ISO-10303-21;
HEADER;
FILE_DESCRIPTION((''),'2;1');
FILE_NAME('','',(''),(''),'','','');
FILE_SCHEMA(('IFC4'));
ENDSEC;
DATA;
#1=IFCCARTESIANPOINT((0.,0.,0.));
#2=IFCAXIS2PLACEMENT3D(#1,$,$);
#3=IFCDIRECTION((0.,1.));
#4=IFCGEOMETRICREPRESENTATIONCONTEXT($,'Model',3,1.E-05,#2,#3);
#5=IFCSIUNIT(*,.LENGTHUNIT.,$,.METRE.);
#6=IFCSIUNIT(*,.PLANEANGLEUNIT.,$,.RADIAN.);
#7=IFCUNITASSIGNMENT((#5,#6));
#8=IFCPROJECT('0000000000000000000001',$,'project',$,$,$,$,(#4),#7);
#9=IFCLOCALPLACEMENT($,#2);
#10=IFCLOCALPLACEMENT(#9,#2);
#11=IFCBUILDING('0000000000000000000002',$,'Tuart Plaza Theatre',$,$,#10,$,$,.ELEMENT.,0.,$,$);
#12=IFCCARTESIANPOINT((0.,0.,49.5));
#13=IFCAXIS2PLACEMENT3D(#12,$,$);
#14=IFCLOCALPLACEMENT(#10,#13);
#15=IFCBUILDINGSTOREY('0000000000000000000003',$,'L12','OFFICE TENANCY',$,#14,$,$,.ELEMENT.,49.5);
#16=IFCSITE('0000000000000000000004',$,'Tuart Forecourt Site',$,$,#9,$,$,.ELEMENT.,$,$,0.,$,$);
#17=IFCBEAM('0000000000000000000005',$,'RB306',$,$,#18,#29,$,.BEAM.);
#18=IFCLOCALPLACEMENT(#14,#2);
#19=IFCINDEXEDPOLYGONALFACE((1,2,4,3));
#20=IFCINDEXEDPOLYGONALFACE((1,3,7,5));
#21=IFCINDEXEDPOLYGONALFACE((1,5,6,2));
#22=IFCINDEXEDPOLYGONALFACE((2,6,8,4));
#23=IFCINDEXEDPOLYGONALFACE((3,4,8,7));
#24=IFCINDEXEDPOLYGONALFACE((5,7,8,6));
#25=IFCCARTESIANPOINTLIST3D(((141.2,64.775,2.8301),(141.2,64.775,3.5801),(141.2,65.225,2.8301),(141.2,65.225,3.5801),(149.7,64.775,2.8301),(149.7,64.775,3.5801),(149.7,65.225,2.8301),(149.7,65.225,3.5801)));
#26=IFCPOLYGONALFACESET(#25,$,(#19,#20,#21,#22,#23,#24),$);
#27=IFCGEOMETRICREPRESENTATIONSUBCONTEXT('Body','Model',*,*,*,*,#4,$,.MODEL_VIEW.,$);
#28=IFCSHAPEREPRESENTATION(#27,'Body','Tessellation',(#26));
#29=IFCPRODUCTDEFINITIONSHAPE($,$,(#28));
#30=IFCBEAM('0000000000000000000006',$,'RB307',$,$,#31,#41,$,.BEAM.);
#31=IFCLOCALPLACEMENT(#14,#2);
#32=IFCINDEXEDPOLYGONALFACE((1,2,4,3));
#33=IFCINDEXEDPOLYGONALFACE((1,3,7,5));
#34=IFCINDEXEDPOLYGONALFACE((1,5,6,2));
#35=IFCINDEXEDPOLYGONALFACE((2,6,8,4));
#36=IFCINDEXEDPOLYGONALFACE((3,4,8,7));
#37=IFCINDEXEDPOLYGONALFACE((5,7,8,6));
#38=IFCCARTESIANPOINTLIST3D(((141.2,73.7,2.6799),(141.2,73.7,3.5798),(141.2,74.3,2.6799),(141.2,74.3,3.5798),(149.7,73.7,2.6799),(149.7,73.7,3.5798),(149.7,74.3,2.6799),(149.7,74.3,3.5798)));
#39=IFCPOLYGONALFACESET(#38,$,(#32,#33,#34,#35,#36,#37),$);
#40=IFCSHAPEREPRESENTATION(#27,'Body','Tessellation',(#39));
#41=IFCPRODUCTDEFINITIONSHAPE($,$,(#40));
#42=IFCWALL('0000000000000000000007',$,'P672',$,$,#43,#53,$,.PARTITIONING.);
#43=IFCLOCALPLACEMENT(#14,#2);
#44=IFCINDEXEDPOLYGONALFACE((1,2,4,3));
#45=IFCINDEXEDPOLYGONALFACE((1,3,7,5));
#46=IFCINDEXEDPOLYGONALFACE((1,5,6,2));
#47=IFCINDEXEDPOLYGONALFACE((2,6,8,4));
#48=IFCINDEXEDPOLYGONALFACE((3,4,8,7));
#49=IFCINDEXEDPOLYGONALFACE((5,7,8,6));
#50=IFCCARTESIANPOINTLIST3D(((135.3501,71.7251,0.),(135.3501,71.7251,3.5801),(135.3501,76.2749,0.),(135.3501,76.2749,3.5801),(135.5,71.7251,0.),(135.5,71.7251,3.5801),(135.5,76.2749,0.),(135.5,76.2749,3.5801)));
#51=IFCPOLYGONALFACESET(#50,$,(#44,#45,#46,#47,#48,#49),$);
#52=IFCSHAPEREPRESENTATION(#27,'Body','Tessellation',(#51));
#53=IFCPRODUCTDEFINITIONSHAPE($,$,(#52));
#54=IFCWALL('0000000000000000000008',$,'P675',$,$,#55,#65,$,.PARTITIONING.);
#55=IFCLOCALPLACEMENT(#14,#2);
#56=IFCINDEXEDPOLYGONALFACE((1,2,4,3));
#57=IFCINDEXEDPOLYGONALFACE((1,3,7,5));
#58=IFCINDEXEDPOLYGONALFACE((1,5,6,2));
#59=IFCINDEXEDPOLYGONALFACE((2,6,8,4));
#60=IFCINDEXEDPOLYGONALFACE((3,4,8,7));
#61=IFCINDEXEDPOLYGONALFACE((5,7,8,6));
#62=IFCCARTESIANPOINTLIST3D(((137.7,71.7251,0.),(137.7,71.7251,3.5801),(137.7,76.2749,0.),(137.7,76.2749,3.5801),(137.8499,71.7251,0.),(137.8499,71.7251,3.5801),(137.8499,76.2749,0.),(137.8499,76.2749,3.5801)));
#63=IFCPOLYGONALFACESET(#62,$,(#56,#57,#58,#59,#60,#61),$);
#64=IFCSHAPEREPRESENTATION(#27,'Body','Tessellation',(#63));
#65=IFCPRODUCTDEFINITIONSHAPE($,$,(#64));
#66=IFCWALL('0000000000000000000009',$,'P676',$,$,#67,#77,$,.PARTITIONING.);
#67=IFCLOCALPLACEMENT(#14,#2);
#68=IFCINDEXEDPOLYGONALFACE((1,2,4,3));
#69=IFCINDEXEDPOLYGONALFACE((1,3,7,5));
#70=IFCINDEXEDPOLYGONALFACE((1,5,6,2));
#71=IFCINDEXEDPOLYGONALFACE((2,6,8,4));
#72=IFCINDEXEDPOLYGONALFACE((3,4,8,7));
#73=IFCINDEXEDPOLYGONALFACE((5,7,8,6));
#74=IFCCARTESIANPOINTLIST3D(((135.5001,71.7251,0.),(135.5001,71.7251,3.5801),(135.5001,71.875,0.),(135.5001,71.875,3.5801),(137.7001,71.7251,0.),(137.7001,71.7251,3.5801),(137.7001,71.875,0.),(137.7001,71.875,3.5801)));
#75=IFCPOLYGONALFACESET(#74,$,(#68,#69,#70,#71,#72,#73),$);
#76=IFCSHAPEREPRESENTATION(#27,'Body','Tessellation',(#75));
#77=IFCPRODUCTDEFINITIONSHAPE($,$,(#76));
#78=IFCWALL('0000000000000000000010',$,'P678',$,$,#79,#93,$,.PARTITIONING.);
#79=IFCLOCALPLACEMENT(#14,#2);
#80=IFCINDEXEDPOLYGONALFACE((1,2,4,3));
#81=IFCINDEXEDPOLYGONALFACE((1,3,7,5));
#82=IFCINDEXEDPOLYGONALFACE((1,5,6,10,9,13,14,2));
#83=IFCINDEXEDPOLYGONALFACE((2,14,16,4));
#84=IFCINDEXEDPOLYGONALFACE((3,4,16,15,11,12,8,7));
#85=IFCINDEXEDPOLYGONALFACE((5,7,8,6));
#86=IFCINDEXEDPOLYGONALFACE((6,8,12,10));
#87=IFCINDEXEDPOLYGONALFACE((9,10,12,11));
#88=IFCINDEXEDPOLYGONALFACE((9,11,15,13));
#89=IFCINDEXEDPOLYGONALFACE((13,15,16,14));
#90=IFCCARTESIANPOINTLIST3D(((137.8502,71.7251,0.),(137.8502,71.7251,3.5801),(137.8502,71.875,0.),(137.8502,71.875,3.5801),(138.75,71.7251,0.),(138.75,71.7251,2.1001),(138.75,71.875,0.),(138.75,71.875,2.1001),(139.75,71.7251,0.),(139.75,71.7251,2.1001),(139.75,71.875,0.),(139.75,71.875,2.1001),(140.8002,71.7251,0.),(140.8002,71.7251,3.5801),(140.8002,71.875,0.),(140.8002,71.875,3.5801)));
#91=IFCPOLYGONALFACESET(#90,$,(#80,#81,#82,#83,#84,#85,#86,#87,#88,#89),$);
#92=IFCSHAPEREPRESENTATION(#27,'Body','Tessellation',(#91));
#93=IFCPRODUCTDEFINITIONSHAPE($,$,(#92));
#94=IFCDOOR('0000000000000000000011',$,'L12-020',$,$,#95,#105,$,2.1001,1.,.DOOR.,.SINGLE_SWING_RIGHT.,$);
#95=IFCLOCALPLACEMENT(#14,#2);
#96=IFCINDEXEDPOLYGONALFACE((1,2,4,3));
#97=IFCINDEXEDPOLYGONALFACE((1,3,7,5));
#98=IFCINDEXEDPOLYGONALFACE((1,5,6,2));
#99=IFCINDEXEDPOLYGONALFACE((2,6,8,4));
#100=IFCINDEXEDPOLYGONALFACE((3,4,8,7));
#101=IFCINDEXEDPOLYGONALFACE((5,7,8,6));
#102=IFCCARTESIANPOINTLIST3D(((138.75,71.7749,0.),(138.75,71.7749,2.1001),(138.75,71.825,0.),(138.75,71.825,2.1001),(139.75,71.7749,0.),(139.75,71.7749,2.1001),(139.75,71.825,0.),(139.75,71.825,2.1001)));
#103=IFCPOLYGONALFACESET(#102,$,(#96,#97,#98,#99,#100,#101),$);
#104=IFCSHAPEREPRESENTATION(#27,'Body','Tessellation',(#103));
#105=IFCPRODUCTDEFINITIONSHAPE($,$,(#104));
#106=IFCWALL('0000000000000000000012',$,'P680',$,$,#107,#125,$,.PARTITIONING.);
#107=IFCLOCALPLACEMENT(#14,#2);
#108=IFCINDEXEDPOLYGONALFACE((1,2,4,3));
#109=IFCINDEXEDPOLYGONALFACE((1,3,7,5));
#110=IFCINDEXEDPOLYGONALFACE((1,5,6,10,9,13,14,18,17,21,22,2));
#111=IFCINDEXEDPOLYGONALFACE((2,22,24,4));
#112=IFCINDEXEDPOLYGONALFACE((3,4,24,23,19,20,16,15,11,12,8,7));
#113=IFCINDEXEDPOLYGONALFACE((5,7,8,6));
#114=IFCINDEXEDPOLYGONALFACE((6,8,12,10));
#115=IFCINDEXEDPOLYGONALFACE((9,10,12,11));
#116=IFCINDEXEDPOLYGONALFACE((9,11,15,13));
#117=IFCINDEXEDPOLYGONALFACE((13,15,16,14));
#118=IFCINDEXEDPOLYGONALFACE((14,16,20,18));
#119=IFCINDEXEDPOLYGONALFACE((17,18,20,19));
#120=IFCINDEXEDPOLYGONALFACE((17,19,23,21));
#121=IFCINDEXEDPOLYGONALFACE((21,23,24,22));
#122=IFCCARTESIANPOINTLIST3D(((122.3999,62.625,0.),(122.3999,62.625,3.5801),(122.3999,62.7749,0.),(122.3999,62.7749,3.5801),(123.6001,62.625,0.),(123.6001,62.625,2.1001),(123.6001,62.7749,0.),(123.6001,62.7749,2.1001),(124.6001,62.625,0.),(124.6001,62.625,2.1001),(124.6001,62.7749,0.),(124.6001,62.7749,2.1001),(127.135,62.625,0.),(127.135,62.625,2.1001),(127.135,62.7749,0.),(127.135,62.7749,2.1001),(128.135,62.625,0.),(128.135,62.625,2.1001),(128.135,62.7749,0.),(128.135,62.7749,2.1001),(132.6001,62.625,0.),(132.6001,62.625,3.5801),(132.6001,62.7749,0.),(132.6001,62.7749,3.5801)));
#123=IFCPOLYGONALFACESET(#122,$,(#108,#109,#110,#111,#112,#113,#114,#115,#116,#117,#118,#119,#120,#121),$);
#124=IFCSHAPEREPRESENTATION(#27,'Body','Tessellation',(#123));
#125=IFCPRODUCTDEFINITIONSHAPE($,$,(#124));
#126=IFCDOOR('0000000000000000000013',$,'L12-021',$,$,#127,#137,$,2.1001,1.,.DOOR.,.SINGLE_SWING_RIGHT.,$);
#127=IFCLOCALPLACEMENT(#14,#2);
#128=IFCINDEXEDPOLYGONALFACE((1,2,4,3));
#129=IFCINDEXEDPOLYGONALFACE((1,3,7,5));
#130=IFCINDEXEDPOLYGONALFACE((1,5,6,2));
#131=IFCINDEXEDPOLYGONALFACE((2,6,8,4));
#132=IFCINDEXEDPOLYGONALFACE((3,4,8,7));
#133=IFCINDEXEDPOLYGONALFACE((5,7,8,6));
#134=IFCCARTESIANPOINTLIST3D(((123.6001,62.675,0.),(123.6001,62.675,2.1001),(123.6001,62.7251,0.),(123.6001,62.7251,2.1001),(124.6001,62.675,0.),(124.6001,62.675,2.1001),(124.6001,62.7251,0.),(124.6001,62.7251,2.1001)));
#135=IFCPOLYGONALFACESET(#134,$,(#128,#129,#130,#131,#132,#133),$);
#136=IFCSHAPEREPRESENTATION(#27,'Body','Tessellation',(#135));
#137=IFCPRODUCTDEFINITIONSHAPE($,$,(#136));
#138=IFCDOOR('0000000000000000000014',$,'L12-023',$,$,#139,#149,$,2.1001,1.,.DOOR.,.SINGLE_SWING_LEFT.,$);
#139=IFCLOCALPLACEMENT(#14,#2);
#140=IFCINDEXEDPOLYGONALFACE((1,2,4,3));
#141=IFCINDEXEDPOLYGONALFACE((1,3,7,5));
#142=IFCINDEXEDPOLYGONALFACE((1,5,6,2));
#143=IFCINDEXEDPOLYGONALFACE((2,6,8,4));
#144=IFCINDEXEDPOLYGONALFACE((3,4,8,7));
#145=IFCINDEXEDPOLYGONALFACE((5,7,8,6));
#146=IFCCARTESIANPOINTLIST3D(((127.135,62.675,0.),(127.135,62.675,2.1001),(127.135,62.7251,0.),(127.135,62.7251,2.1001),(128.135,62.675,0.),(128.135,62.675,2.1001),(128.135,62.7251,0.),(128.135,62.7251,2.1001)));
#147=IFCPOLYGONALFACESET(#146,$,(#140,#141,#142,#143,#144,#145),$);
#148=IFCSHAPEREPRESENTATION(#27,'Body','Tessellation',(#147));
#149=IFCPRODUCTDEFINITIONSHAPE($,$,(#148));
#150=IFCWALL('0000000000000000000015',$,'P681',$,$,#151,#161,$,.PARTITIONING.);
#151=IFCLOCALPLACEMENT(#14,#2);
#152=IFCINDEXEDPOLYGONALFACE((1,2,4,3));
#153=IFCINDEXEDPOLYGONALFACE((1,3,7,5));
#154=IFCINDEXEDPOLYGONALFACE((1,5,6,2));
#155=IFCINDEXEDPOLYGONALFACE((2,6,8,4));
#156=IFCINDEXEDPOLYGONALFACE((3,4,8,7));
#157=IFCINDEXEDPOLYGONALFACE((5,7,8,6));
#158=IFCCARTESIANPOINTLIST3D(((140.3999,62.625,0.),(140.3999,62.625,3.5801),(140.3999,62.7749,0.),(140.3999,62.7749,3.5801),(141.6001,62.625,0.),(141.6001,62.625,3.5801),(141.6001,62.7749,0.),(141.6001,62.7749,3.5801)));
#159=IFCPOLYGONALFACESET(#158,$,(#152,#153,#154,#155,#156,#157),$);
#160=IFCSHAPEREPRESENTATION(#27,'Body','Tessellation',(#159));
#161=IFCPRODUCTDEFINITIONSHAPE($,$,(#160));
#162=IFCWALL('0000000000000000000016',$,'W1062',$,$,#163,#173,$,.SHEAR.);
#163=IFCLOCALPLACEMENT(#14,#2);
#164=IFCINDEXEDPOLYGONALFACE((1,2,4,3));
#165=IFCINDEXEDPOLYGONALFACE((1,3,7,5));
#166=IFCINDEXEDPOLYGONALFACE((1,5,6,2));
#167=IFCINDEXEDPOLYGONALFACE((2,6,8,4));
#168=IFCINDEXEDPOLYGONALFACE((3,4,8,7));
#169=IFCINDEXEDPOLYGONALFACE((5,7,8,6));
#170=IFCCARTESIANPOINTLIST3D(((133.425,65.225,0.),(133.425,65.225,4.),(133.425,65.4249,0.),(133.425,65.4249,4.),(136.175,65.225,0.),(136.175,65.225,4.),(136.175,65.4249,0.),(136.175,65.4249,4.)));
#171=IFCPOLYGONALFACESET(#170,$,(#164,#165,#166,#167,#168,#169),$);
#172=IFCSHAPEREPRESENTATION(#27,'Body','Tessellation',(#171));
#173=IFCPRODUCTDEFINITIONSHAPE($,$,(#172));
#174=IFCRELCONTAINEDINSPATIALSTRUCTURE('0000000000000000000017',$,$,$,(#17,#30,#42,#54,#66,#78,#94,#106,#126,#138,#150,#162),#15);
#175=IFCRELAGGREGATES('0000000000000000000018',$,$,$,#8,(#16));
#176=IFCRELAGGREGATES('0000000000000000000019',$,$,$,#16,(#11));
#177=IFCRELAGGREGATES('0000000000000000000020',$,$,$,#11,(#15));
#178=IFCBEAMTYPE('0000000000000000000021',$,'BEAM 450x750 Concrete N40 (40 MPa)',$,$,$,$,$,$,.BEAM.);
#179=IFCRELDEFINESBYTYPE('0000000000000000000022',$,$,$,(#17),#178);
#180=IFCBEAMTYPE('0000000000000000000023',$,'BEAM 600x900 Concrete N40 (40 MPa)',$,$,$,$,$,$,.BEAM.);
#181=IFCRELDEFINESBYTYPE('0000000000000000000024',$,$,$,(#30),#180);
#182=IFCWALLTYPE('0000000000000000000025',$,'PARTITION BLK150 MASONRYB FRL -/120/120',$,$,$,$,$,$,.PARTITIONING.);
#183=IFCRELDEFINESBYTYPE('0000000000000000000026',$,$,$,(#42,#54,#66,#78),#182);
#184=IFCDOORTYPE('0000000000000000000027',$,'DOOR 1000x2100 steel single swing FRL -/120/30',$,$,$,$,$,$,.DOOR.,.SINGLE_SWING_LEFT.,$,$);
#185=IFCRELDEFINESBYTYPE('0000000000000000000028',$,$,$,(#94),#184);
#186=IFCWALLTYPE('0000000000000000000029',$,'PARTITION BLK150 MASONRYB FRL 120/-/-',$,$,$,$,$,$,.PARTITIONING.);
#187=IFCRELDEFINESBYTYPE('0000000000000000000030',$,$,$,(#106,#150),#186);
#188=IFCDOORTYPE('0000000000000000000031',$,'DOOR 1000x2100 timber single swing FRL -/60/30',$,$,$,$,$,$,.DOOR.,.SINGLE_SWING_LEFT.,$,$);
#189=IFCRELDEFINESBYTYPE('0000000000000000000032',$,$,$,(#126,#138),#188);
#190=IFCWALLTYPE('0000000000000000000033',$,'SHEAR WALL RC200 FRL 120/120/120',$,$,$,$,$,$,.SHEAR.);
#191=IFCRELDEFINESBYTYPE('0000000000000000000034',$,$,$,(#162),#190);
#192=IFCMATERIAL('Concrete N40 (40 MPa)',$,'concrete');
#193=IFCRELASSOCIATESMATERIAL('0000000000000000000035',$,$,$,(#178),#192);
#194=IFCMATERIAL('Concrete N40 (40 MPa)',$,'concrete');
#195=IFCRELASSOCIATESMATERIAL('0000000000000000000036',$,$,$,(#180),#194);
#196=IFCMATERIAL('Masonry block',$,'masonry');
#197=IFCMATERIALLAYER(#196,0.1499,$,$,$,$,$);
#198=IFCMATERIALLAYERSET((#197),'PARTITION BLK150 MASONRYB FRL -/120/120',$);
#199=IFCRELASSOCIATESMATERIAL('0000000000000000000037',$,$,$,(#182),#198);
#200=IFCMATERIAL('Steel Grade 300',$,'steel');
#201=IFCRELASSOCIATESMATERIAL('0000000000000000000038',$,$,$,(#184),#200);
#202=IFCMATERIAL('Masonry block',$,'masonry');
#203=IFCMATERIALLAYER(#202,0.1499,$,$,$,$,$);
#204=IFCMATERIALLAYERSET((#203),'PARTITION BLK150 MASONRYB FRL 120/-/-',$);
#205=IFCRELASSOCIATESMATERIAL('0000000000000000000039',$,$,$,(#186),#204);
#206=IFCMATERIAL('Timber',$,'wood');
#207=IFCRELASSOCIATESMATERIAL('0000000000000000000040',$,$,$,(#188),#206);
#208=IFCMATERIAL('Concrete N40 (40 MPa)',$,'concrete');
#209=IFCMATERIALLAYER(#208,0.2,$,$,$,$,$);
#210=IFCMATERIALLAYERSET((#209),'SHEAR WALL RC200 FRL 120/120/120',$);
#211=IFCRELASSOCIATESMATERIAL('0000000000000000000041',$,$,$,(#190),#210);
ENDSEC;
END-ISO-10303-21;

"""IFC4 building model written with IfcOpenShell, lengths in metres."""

from ifc_helpers import new_model, si_unit, direction, frame, frame_2d, origin, origin_2d, place, context, subcontext, project, spatial, rectangle, extrude, material, layer, layer_set, material_profile, profile_set, type_object, element, fill, save


model = new_model("IFC4")

# Units and contexts
model_context = context("Model", 3, precision=1e-05, world=origin(), true_north=direction((0.0, 1.0)))
body_context = subcontext(model_context, "Body", "Model", "MODEL_VIEW")
ifc_project = project(units=[si_unit("LENGTHUNIT", "METRE"), si_unit("PLANEANGLEUNIT", "RADIAN")], contexts=[model_context])

# Site, building, storey
site_placement = place(None, origin())
site = spatial("IfcSite", under=ifc_project, at=site_placement, Name="Tuart Forecourt Site", CompositionType="ELEMENT", RefElevation=0.0)
building_placement = place(site_placement, origin())
building = spatial("IfcBuilding", under=site, at=building_placement, Name="Tuart Plaza Theatre", CompositionType="ELEMENT", ElevationOfRefHeight=0.0)
storey_placement = place(building_placement, frame((0.0, 0.0, 49.5)))
storey = spatial("IfcBuildingStorey", under=building, at=storey_placement, Name="L12", Description="OFFICE TENANCY", CompositionType="ELEMENT", Elevation=49.5)

# Beams
ifc_material_1 = material(Name="Concrete N40 (40 MPa)", Category="concrete")
ifc_material_profile_1 = material_profile(ifc_material_1, rectangle(XDim=0.45, YDim=0.75, at=origin_2d()), Name="BEAM 450x750 Concrete N40 (40 MPa)")
ifc_profile_set_1 = profile_set([ifc_material_profile_1], Name="Concrete N40 (40 MPa)")
beam_type_1 = type_object("IfcBeamType", Name="BEAM 450x750 Concrete N40 (40 MPa)", PredefinedType="BEAM", material=ifc_profile_set_1)
beam_1_placement = place(storey_placement, frame((141.2, 65.0, 3.2051), z_axis=(1.0, 0.0, 0.0), x_axis=(0.0, 1.0, 0.0)))
element("IfcBeam", 1, at=beam_1_placement, inside=storey, type_object=beam_type_1, Name="RB306", PredefinedType="BEAM", context=body_context, shape_type="SweptSolid", body=[
    extrude(rectangle(XDim=0.45, YDim=0.75, at=origin_2d()), origin(), (0.0, 0.0, 1.0), 8.5),
])
ifc_material_2 = material(Name="Concrete N40 (40 MPa)", Category="concrete")
ifc_material_profile_2 = material_profile(ifc_material_2, rectangle(XDim=0.6001, YDim=0.8999, at=origin_2d()), Name="BEAM 600x900 Concrete N40 (40 MPa)")
ifc_profile_set_2 = profile_set([ifc_material_profile_2], Name="Concrete N40 (40 MPa)")
beam_type_2 = type_object("IfcBeamType", Name="BEAM 600x900 Concrete N40 (40 MPa)", PredefinedType="BEAM", material=ifc_profile_set_2)
beam_2_placement = place(storey_placement, frame((141.2, 74.0, 3.1299), z_axis=(1.0, 0.0, 0.0), x_axis=(0.0, 1.0, 0.0)))
element("IfcBeam", 2, at=beam_2_placement, inside=storey, type_object=beam_type_2, Name="RB307", PredefinedType="BEAM", context=body_context, shape_type="SweptSolid", body=[
    extrude(rectangle(XDim=0.6001, YDim=0.8999, at=origin_2d()), origin(), (0.0, 0.0, 1.0), 8.5),
])

# Walls
ifc_material_3 = material(Name="Masonry block", Category="masonry")
ifc_layer_1 = layer(ifc_material_3, 0.1499)
ifc_layer_set_1 = layer_set([ifc_layer_1], Name="PARTITION BLK150 MASONRYB FRL -/120/120")
wall_type_1 = type_object("IfcWallType", Name="PARTITION BLK150 MASONRYB FRL -/120/120", PredefinedType="PARTITIONING", material=ifc_layer_set_1)
for number, where, z_axis, x_axis, name in (
    (3, (135.425, 71.7251, 0.0), (0.0, 0.0, 1.0), (0.0, 1.0, 0.0), "P672"),
    (4, (137.7749, 71.7251, 0.0), (0.0, 0.0, 1.0), (0.0, 1.0, 0.0), "P675"),
):
    element("IfcWall", number, at=place(storey_placement, frame(where, z_axis=z_axis, x_axis=x_axis)), inside=storey, type_object=wall_type_1, Name=name, PredefinedType="PARTITIONING", context=body_context, shape_type="SweptSolid", body=[
        extrude(rectangle(XDim=4.5498, YDim=0.1499, at=frame_2d((2.2749, 0.0))), origin(), (0.0, 0.0, 1.0), 3.5801),
    ])
wall_1_placement = place(storey_placement, frame((135.5, 71.8, 0.0), z_axis=(0.0, 0.0, 1.0), x_axis=(1.0, 0.0, 0.0)))
element("IfcWall", 5, at=wall_1_placement, inside=storey, type_object=wall_type_1, Name="P676", PredefinedType="PARTITIONING", context=body_context, shape_type="SweptSolid", body=[
    extrude(rectangle(XDim=2.2, YDim=0.1499, at=frame_2d((1.1001, 0.0))), origin(), (0.0, 0.0, 1.0), 3.5801),
])

# Wall, opening, door
wall_2_placement = place(storey_placement, frame((137.8501, 71.8, 0.0), z_axis=(0.0, 0.0, 1.0), x_axis=(1.0, 0.0, 0.0)))
wall_2 = element("IfcWall", 6, at=wall_2_placement, inside=storey, type_object=wall_type_1, Name="P678", PredefinedType="PARTITIONING", context=body_context, shape_type="SweptSolid", body=[
    extrude(rectangle(XDim=2.95, YDim=0.1499, at=frame_2d((1.4751, 0.0))), origin(), (0.0, 0.0, 1.0), 3.5801),
])
opening_1_placement = place(wall_2_placement, frame((0.8999, 0.0, 0.0)))
opening_1 = element("IfcOpeningElement", 7, at=opening_1_placement, cuts=wall_2, PredefinedType="OPENING", context=body_context, shape_type="SweptSolid", body=[
    extrude(rectangle(XDim=1.0, YDim=2.1001, at=frame_2d((0.5, 1.05))), frame((0.0, 0.085, 0.0), z_axis=(0.0, -1.0, 0.0), x_axis=(1.0, 0.0, 0.0)), (0.0, 0.0, 1.0), 0.1699),
])
ifc_material_4 = material(Name="Steel Grade 300", Category="steel")
door_type_1 = type_object("IfcDoorType", Name="DOOR 1000x2100 steel single swing FRL -/120/30", OperationType="SINGLE_SWING_LEFT", PredefinedType="DOOR", material=ifc_material_4)
door_1_placement = place(opening_1_placement, origin())
door_1 = element("IfcDoor", 8, at=door_1_placement, inside=storey, type_object=door_type_1, Name="L12-020", OperationType="SINGLE_SWING_RIGHT", OverallHeight=2.1001, OverallWidth=1.0, PredefinedType="DOOR", context=body_context, shape_type="SweptSolid", body=[
    extrude(rectangle(XDim=1.0, YDim=2.1001, at=frame_2d((0.5, 1.05))), frame((0.0, 0.0249, 0.0), z_axis=(0.0, -1.0, 0.0), x_axis=(1.0, 0.0, 0.0)), (0.0, 0.0, 1.0), 0.05),
])
fill(opening_1, door_1)

# Wall, openings, doors
ifc_material_5 = material(Name="Masonry block", Category="masonry")
ifc_layer_2 = layer(ifc_material_5, 0.1499)
ifc_layer_set_2 = layer_set([ifc_layer_2], Name="PARTITION BLK150 MASONRYB FRL 120/-/-")
wall_type_2 = type_object("IfcWallType", Name="PARTITION BLK150 MASONRYB FRL 120/-/-", PredefinedType="PARTITIONING", material=ifc_layer_set_2)
wall_3_placement = place(storey_placement, frame((132.6001, 62.7, 0.0), z_axis=(0.0, 0.0, 1.0), x_axis=(-1.0, 0.0, 0.0)))
wall_3 = element("IfcWall", 9, at=wall_3_placement, inside=storey, type_object=wall_type_2, Name="P680", PredefinedType="PARTITIONING", context=body_context, shape_type="SweptSolid", body=[
    extrude(rectangle(XDim=10.2002, YDim=0.1499, at=frame_2d((5.1001, 0.0))), origin(), (0.0, 0.0, 1.0), 3.5801),
])
opening_2_placement = place(wall_3_placement, frame((8.0, 0.0, 0.0)))
opening_2 = element("IfcOpeningElement", 10, at=opening_2_placement, cuts=wall_3, PredefinedType="OPENING", context=body_context, shape_type="SweptSolid", body=[
    extrude(rectangle(XDim=1.0, YDim=2.1001, at=frame_2d((0.5, 1.05))), frame((0.0, 0.085, 0.0), z_axis=(0.0, -1.0, 0.0), x_axis=(1.0, 0.0, 0.0)), (0.0, 0.0, 1.0), 0.1699),
])
opening_3_placement = place(wall_3_placement, frame((4.4651, 0.0, 0.0)))
opening_3 = element("IfcOpeningElement", 11, at=opening_3_placement, cuts=wall_3, PredefinedType="OPENING", context=body_context, shape_type="SweptSolid", body=[
    extrude(rectangle(XDim=1.0, YDim=2.1001, at=frame_2d((0.5, 1.05))), frame((0.0, 0.085, 0.0), z_axis=(0.0, -1.0, 0.0), x_axis=(1.0, 0.0, 0.0)), (0.0, 0.0, 1.0), 0.1699),
])
ifc_material_6 = material(Name="Timber", Category="wood")
door_type_2 = type_object("IfcDoorType", Name="DOOR 1000x2100 timber single swing FRL -/60/30", OperationType="SINGLE_SWING_LEFT", PredefinedType="DOOR", material=ifc_material_6)
door_2_placement = place(opening_2_placement, origin())
door_2 = element("IfcDoor", 12, at=door_2_placement, inside=storey, type_object=door_type_2, Name="L12-021", OperationType="SINGLE_SWING_RIGHT", OverallHeight=2.1001, OverallWidth=1.0, PredefinedType="DOOR", context=body_context, shape_type="SweptSolid", body=[
    extrude(rectangle(XDim=1.0, YDim=2.1001, at=frame_2d((0.5, 1.05))), frame((0.0, 0.0249, 0.0), z_axis=(0.0, -1.0, 0.0), x_axis=(1.0, 0.0, 0.0)), (0.0, 0.0, 1.0), 0.05),
])
fill(opening_2, door_2)
door_3_placement = place(opening_3_placement, origin())
door_3 = element("IfcDoor", 13, at=door_3_placement, inside=storey, type_object=door_type_2, Name="L12-023", OperationType="SINGLE_SWING_LEFT", OverallHeight=2.1001, OverallWidth=1.0, PredefinedType="DOOR", context=body_context, shape_type="SweptSolid", body=[
    extrude(rectangle(XDim=1.0, YDim=2.1001, at=frame_2d((0.5, 1.05))), frame((0.0, 0.0249, 0.0), z_axis=(0.0, -1.0, 0.0), x_axis=(1.0, 0.0, 0.0)), (0.0, 0.0, 1.0), 0.05),
])
fill(opening_3, door_3)

# Walls
wall_4_placement = place(storey_placement, frame((141.6001, 62.7, 0.0), z_axis=(0.0, 0.0, 1.0), x_axis=(-1.0, 0.0, 0.0)))
element("IfcWall", 14, at=wall_4_placement, inside=storey, type_object=wall_type_2, Name="P681", PredefinedType="PARTITIONING", context=body_context, shape_type="SweptSolid", body=[
    extrude(rectangle(XDim=1.2002, YDim=0.1499, at=frame_2d((0.6001, 0.0))), origin(), (0.0, 0.0, 1.0), 3.5801),
])
ifc_material_7 = material(Name="Concrete N40 (40 MPa)", Category="concrete")
ifc_layer_3 = layer(ifc_material_7, 0.2)
ifc_layer_set_3 = layer_set([ifc_layer_3], Name="SHEAR WALL RC200 FRL 120/120/120")
wall_type_3 = type_object("IfcWallType", Name="SHEAR WALL RC200 FRL 120/120/120", PredefinedType="SHEAR", material=ifc_layer_set_3)
wall_5_placement = place(storey_placement, frame((133.425, 65.325, 0.0), z_axis=(0.0, 0.0, 1.0), x_axis=(1.0, 0.0, 0.0)))
element("IfcWall", 15, at=wall_5_placement, inside=storey, type_object=wall_type_3, Name="W1062", PredefinedType="SHEAR", context=body_context, shape_type="SweptSolid", body=[
    extrude(rectangle(XDim=2.75, YDim=0.2, at=frame_2d((1.375, 0.0))), origin(), (0.0, 0.0, 1.0), 4.0),
])

save(model, "model.ifc")
